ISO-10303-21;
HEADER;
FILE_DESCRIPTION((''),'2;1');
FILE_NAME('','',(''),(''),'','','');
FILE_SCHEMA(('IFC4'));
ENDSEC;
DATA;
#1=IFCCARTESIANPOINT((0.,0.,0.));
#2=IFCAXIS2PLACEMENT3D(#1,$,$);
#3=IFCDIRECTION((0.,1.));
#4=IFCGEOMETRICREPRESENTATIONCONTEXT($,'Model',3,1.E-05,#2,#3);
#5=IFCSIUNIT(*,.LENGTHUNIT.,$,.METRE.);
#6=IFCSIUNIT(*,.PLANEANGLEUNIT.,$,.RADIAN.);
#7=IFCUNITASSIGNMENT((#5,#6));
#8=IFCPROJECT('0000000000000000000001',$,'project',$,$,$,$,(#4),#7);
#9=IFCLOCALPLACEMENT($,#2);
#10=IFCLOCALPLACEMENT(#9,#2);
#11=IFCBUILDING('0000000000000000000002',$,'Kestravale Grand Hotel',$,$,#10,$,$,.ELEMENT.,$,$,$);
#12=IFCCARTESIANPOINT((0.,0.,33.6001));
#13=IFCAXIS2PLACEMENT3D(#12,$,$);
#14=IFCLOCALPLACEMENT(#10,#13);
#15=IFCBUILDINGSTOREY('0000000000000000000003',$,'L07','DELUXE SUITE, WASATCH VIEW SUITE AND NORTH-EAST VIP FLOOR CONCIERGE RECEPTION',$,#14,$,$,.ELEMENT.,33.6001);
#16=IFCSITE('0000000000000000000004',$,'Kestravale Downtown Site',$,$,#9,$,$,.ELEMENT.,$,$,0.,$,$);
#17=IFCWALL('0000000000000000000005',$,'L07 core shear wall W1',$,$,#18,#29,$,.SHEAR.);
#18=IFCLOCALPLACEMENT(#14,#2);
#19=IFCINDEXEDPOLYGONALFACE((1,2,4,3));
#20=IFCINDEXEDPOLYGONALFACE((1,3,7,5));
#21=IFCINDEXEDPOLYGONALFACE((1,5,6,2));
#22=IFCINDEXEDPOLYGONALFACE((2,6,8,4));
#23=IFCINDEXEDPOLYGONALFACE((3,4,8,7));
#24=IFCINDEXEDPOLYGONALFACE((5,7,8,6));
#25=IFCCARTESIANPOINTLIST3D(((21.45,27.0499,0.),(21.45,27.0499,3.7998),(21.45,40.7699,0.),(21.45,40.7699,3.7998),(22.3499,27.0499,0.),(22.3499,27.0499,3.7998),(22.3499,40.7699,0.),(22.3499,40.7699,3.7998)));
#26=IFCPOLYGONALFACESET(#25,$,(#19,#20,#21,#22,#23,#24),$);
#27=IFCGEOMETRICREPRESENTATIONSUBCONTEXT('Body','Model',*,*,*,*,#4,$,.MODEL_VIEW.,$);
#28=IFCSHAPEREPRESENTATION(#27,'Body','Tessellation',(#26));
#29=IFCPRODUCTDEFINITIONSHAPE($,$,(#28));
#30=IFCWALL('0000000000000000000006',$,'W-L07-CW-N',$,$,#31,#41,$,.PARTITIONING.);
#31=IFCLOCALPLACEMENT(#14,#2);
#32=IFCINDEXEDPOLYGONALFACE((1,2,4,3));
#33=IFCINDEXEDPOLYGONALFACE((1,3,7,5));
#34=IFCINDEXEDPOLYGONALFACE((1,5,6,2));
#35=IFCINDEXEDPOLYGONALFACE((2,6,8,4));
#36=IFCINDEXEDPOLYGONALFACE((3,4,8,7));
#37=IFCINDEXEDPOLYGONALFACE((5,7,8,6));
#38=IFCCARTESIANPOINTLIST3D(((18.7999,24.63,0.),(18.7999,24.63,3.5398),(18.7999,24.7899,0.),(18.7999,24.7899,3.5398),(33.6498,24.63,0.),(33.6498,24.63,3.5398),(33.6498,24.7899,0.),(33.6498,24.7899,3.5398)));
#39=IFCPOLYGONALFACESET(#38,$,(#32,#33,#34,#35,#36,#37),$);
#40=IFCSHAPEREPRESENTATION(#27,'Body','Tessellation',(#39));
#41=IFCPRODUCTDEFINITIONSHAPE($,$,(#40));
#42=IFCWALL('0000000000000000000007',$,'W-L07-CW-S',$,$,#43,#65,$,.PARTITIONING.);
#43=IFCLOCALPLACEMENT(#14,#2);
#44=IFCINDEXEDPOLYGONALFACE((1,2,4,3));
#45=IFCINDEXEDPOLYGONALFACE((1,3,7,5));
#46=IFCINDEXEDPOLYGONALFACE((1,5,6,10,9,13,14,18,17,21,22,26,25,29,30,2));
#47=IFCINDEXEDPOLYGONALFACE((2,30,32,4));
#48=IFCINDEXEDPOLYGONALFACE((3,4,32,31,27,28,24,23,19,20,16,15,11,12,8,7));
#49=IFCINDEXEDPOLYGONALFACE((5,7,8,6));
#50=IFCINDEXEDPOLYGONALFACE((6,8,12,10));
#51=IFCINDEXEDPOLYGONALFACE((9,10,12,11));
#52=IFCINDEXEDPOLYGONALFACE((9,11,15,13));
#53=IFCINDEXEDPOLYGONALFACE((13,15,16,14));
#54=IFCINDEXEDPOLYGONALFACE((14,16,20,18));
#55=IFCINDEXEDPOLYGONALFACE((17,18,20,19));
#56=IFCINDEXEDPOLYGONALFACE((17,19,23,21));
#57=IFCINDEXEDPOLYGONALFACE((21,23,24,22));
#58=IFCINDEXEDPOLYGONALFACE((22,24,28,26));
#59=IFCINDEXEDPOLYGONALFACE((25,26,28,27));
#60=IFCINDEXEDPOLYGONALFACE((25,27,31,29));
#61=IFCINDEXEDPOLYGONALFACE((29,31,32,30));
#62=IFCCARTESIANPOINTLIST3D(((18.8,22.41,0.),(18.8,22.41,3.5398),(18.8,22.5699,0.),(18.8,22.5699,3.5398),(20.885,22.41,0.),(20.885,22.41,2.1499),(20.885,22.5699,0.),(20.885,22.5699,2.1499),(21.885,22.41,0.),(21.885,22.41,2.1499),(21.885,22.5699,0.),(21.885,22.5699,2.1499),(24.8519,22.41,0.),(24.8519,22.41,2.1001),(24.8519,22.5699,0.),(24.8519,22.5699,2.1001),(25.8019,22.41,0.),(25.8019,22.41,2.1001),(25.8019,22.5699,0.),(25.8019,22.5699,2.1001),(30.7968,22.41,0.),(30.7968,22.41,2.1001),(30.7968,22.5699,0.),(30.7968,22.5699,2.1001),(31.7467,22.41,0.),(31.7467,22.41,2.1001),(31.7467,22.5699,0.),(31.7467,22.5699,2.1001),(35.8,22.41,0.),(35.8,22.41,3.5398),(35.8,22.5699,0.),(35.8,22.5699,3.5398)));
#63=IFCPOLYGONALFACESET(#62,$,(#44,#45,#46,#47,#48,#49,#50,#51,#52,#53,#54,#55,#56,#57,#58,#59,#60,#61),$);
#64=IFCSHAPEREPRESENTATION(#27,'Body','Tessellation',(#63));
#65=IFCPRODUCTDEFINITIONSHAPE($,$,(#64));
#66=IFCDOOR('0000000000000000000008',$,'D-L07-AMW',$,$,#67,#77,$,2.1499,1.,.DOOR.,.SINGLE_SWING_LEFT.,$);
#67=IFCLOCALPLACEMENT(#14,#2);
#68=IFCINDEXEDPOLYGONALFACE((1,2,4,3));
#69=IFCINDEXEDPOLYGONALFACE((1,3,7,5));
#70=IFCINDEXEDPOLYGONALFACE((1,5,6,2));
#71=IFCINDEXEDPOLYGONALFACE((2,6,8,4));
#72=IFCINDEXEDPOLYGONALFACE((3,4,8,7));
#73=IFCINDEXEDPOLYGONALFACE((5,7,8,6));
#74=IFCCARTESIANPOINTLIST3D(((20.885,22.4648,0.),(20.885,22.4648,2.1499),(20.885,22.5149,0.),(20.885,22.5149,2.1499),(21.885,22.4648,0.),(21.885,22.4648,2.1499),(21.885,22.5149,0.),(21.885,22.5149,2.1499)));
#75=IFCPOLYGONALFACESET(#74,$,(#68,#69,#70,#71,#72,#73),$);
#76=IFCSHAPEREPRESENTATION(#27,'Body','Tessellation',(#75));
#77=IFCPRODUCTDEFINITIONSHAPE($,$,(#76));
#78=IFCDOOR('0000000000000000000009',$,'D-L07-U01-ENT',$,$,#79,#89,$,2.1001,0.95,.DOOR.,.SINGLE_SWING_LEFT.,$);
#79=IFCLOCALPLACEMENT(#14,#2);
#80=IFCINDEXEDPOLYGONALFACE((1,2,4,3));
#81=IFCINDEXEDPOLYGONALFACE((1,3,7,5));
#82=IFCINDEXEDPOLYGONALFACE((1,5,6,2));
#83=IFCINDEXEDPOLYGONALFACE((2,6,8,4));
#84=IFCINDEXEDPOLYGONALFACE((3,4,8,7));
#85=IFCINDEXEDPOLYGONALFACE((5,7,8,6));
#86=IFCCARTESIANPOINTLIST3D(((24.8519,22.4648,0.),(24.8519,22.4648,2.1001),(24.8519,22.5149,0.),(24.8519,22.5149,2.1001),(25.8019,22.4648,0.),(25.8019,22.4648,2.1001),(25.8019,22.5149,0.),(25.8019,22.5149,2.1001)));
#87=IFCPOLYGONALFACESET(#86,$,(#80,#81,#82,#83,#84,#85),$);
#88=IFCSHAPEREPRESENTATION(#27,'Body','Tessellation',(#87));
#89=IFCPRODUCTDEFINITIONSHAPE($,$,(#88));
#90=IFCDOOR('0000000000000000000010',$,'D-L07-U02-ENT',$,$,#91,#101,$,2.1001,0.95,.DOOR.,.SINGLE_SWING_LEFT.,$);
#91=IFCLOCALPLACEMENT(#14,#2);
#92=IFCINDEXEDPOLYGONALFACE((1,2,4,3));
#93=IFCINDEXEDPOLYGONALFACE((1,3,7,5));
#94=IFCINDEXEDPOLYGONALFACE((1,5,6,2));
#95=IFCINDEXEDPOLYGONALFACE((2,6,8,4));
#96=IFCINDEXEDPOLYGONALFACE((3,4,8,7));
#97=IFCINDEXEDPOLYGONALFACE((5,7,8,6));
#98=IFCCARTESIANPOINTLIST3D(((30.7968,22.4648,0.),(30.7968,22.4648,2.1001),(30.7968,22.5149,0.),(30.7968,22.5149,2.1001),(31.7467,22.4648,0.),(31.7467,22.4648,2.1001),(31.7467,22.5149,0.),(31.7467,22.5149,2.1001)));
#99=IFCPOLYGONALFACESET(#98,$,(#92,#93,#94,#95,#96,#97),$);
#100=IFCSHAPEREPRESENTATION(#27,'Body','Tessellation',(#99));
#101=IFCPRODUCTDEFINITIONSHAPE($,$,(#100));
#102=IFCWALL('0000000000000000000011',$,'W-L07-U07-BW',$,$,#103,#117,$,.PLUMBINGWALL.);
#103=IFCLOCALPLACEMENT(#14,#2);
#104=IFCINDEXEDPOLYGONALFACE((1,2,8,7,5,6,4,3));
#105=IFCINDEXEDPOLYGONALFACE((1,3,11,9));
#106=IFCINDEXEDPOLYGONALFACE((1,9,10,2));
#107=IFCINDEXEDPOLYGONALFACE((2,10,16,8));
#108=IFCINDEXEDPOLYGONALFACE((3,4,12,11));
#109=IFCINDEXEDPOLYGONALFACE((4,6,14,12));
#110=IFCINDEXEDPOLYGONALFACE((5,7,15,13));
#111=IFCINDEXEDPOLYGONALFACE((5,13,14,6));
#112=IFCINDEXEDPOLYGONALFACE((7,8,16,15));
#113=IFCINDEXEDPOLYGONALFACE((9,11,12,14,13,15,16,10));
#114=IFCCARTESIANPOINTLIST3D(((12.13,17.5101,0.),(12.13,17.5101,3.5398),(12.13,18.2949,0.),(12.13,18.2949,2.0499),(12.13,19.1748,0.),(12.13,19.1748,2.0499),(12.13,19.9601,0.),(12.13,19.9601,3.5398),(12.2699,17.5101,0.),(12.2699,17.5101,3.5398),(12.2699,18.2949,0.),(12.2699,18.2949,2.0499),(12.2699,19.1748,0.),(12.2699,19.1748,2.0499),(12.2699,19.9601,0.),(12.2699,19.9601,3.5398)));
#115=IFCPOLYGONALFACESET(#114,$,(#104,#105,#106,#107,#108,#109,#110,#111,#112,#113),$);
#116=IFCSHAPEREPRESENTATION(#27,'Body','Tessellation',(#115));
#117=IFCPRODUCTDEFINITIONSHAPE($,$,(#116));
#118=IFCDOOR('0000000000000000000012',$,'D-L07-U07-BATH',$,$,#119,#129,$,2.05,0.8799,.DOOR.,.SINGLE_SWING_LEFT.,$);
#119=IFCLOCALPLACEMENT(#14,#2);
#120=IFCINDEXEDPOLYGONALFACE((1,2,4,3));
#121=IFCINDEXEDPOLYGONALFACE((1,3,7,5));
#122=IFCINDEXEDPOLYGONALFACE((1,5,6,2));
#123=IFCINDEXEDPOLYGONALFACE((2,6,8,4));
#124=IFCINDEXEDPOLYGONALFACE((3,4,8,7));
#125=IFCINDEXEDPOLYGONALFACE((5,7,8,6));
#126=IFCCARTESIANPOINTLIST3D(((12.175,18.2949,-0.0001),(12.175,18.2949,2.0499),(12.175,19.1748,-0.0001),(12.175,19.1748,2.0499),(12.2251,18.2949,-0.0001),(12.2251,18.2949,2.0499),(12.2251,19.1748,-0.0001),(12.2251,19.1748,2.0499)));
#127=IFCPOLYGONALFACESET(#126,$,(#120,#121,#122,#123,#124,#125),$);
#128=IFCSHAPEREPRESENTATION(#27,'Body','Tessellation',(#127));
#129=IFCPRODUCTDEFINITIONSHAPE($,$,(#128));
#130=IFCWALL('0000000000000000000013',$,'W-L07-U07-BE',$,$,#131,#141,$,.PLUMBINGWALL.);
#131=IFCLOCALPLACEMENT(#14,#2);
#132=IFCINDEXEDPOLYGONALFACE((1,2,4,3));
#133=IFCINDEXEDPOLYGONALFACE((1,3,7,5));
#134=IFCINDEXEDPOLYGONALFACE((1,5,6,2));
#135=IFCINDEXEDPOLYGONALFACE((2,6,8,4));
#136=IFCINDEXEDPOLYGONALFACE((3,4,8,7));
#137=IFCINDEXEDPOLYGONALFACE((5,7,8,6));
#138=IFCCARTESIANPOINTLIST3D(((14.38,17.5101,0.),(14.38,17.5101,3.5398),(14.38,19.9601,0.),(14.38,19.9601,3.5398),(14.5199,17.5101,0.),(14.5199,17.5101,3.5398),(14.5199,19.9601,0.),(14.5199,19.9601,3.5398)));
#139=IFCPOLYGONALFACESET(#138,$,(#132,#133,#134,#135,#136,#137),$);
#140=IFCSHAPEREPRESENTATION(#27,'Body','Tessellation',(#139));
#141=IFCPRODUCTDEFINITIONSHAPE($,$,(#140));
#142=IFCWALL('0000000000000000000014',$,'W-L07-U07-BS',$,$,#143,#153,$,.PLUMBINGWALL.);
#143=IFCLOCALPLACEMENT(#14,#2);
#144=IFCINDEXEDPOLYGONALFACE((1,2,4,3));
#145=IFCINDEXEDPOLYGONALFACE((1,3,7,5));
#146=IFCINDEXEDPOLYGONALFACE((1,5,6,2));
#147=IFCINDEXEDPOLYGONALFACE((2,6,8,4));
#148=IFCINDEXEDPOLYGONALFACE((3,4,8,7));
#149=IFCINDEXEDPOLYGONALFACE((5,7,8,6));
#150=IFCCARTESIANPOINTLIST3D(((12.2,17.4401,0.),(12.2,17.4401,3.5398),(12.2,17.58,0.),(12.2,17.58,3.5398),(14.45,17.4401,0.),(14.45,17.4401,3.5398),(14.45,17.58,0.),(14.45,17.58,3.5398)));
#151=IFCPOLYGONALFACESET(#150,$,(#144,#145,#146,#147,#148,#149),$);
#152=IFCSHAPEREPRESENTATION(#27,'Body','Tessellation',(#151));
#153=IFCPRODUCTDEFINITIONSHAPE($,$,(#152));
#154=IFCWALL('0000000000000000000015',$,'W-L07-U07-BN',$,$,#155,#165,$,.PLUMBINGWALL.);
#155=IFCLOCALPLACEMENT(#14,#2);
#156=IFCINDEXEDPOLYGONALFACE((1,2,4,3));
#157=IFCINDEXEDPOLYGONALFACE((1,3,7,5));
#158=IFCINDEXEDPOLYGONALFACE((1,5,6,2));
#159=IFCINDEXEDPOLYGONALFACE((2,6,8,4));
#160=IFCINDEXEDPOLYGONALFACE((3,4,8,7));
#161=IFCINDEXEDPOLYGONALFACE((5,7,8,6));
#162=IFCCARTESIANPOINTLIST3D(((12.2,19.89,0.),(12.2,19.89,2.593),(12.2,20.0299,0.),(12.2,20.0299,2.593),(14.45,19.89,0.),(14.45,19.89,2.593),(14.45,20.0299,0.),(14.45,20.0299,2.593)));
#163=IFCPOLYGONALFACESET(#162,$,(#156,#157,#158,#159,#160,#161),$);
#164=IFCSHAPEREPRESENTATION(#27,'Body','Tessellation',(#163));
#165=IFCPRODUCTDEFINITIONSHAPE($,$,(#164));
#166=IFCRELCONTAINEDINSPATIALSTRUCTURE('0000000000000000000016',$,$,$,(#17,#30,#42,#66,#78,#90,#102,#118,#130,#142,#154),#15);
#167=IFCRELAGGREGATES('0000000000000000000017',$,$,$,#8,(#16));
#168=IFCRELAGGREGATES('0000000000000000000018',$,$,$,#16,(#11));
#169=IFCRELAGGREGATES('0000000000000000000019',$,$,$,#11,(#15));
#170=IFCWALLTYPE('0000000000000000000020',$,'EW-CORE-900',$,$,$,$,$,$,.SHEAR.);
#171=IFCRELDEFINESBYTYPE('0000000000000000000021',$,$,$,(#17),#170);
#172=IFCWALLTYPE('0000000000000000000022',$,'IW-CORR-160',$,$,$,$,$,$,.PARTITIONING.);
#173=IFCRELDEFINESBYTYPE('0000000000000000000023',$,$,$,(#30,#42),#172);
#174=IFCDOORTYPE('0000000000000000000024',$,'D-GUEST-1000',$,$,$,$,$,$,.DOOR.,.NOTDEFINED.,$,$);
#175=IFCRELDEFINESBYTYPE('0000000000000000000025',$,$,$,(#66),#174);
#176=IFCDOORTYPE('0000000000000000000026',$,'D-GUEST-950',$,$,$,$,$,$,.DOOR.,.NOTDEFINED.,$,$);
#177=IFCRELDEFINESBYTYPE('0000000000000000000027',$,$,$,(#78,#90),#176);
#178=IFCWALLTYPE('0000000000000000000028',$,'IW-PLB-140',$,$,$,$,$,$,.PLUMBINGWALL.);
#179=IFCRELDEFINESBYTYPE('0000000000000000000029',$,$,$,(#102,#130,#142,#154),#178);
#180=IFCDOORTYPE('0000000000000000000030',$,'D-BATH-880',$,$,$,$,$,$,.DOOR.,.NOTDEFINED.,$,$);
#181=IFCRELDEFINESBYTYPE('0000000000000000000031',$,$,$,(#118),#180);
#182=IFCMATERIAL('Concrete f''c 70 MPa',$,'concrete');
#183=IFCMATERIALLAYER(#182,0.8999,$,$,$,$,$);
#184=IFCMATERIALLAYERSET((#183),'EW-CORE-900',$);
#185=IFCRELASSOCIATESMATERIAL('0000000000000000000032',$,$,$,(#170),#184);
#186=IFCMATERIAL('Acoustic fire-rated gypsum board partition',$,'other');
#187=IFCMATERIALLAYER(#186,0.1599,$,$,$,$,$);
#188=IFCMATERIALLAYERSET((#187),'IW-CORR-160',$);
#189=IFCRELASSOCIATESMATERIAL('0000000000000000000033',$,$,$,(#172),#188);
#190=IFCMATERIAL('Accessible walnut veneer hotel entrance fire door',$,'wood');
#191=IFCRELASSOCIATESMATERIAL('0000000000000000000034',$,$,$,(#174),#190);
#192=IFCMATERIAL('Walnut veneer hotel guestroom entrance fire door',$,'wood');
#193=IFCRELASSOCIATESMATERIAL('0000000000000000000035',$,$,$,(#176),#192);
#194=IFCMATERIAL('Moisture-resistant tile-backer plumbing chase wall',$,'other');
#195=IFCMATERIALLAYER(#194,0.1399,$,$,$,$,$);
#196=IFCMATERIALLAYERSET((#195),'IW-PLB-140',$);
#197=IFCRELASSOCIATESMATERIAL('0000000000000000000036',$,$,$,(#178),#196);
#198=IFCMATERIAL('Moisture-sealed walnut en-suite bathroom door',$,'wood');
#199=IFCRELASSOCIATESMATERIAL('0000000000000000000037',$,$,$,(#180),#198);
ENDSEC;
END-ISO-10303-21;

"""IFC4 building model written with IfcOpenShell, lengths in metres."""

from ifc_helpers import new_model, si_unit, direction, frame, frame_2d, origin, place, context, subcontext, project, spatial, rectangle, extrude, material, layer, layer_set, type_object, element, fill, save


model = new_model("IFC4")

# Units and contexts
model_context = context("Model", 3, precision=1e-05, world=origin(), true_north=direction((0.0, 1.0)))
body_context = subcontext(model_context, "Body", "Model", "MODEL_VIEW")
ifc_project = project(units=[si_unit("LENGTHUNIT", "METRE"), si_unit("PLANEANGLEUNIT", "RADIAN")], contexts=[model_context])

# Site, building, storey
site_placement = place(None, origin())
site = spatial("IfcSite", under=ifc_project, at=site_placement, Name="Kestravale Downtown Site", CompositionType="ELEMENT", RefElevation=0.0)
building_placement = place(site_placement, origin())
building = spatial("IfcBuilding", under=site, at=building_placement, Name="Kestravale Grand Hotel", CompositionType="ELEMENT")
storey_placement = place(building_placement, frame((0.0, 0.0, 33.6001)))
storey = spatial("IfcBuildingStorey", under=building, at=storey_placement, Name="L07", Description="DELUXE SUITE, WASATCH VIEW SUITE AND NORTH-EAST VIP FLOOR CONCIERGE RECEPTION", CompositionType="ELEMENT", Elevation=33.6001)

# Walls
ifc_material_1 = material(Name="Concrete f'c 70 MPa", Category="concrete")
ifc_layer_1 = layer(ifc_material_1, 0.8999)
ifc_layer_set_1 = layer_set([ifc_layer_1], Name="EW-CORE-900")
wall_type_1 = type_object("IfcWallType", Name="EW-CORE-900", PredefinedType="SHEAR", material=ifc_layer_set_1)
wall_1_placement = place(storey_placement, frame((21.8999, 27.05, 0.0), z_axis=(0.0, 0.0, 1.0), x_axis=(0.0, 1.0, 0.0)))
element("IfcWall", 1, at=wall_1_placement, inside=storey, type_object=wall_type_1, Name="L07 core shear wall W1", PredefinedType="SHEAR", context=body_context, shape_type="SweptSolid", body=[
    extrude(rectangle(XDim=13.72, YDim=0.8999, at=frame_2d((6.8599, 0.0))), origin(), (0.0, 0.0, 1.0), 3.7998),
])
ifc_material_2 = material(Name="Acoustic fire-rated gypsum board partition", Category="other")
ifc_layer_2 = layer(ifc_material_2, 0.1599)
ifc_layer_set_2 = layer_set([ifc_layer_2], Name="IW-CORR-160")
wall_type_2 = type_object("IfcWallType", Name="IW-CORR-160", PredefinedType="PARTITIONING", material=ifc_layer_set_2)
wall_2_placement = place(storey_placement, frame((18.8, 24.71, 0.0), z_axis=(0.0, 0.0, 1.0), x_axis=(1.0, 0.0, 0.0)))
element("IfcWall", 2, at=wall_2_placement, inside=storey, type_object=wall_type_2, Name="W-L07-CW-N", PredefinedType="PARTITIONING", context=body_context, shape_type="SweptSolid", body=[
    extrude(rectangle(XDim=14.8499, YDim=0.1599, at=frame_2d((7.4248, 0.0))), origin(), (0.0, 0.0, 1.0), 3.5398),
])

# Wall, openings, doors
wall_3_placement = place(storey_placement, frame((18.8, 22.49, 0.0), z_axis=(0.0, 0.0, 1.0), x_axis=(1.0, 0.0, 0.0)))
wall_3 = element("IfcWall", 3, at=wall_3_placement, inside=storey, type_object=wall_type_2, Name="W-L07-CW-S", PredefinedType="PARTITIONING", context=body_context, shape_type="SweptSolid", body=[
    extrude(rectangle(XDim=17.0, YDim=0.1599, at=frame_2d((8.5, 0.0))), origin(), (0.0, 0.0, 1.0), 3.5398),
])
opening_1_placement = place(wall_3_placement, frame((2.085, 0.0, 0.0)))
opening_1 = element("IfcOpeningElement", 4, at=opening_1_placement, cuts=wall_3, PredefinedType="OPENING", context=body_context, shape_type="SweptSolid", body=[
    extrude(rectangle(XDim=1.0, YDim=2.1499, at=frame_2d((0.5, 1.075))), frame((0.0, 0.0898, 0.0), z_axis=(0.0, -1.0, 0.0), x_axis=(1.0, 0.0, 0.0)), (0.0, 0.0, 1.0), 0.1799),
])
opening_2_placement = place(wall_3_placement, frame((6.0518, 0.0, 0.0)))
opening_2 = element("IfcOpeningElement", 5, at=opening_2_placement, cuts=wall_3, PredefinedType="OPENING", context=body_context, shape_type="SweptSolid", body=[
    extrude(rectangle(XDim=0.95, YDim=2.1001, at=frame_2d((0.4751, 1.05))), frame((0.0, 0.0898, 0.0), z_axis=(0.0, -1.0, 0.0), x_axis=(1.0, 0.0, 0.0)), (0.0, 0.0, 1.0), 0.1799),
])
opening_3_placement = place(wall_3_placement, frame((11.9966, 0.0, 0.0)))
opening_3 = element("IfcOpeningElement", 6, at=opening_3_placement, cuts=wall_3, PredefinedType="OPENING", context=body_context, shape_type="SweptSolid", body=[
    extrude(rectangle(XDim=0.95, YDim=2.1001, at=frame_2d((0.4751, 1.05))), frame((0.0, 0.0898, 0.0), z_axis=(0.0, -1.0, 0.0), x_axis=(1.0, 0.0, 0.0)), (0.0, 0.0, 1.0), 0.1799),
])
ifc_material_3 = material(Name="Accessible walnut veneer hotel entrance fire door", Category="wood")
door_type_1 = type_object("IfcDoorType", Name="D-GUEST-1000", OperationType="NOTDEFINED", PredefinedType="DOOR", material=ifc_material_3)
door_1_placement = place(opening_1_placement, origin())
door_1 = element("IfcDoor", 7, at=door_1_placement, inside=storey, type_object=door_type_1, Name="D-L07-AMW", OperationType="SINGLE_SWING_LEFT", OverallHeight=2.1499, OverallWidth=1.0, PredefinedType="DOOR", context=body_context, shape_type="SweptSolid", body=[
    extrude(rectangle(XDim=1.0, YDim=2.1499, at=frame_2d((0.5, 1.075))), frame((0.0, 0.0249, 0.0), z_axis=(0.0, -1.0, 0.0), x_axis=(1.0, 0.0, 0.0)), (0.0, 0.0, 1.0), 0.05),
])
fill(opening_1, door_1)
ifc_material_4 = material(Name="Walnut veneer hotel guestroom entrance fire door", Category="wood")
door_type_2 = type_object("IfcDoorType", Name="D-GUEST-950", OperationType="NOTDEFINED", PredefinedType="DOOR", material=ifc_material_4)
door_2_placement = place(opening_2_placement, origin())
door_2 = element("IfcDoor", 8, at=door_2_placement, inside=storey, type_object=door_type_2, Name="D-L07-U01-ENT", OperationType="SINGLE_SWING_LEFT", OverallHeight=2.1001, OverallWidth=0.95, PredefinedType="DOOR", context=body_context, shape_type="SweptSolid", body=[
    extrude(rectangle(XDim=0.95, YDim=2.1001, at=frame_2d((0.4751, 1.05))), frame((0.0, 0.0249, 0.0), z_axis=(0.0, -1.0, 0.0), x_axis=(1.0, 0.0, 0.0)), (0.0, 0.0, 1.0), 0.05),
])
fill(opening_2, door_2)
door_3_placement = place(opening_3_placement, origin())
door_3 = element("IfcDoor", 9, at=door_3_placement, inside=storey, type_object=door_type_2, Name="D-L07-U02-ENT", OperationType="SINGLE_SWING_LEFT", OverallHeight=2.1001, OverallWidth=0.95, PredefinedType="DOOR", context=body_context, shape_type="SweptSolid", body=[
    extrude(rectangle(XDim=0.95, YDim=2.1001, at=frame_2d((0.4751, 1.05))), frame((0.0, 0.0249, 0.0), z_axis=(0.0, -1.0, 0.0), x_axis=(1.0, 0.0, 0.0)), (0.0, 0.0, 1.0), 0.05),
])
fill(opening_3, door_3)

# Wall, opening, door
ifc_material_5 = material(Name="Moisture-resistant tile-backer plumbing chase wall", Category="other")
ifc_layer_3 = layer(ifc_material_5, 0.1399)
ifc_layer_set_3 = layer_set([ifc_layer_3], Name="IW-PLB-140")
wall_type_3 = type_object("IfcWallType", Name="IW-PLB-140", PredefinedType="PLUMBINGWALL", material=ifc_layer_set_3)
wall_4_placement = place(storey_placement, frame((12.2, 17.51, 0.0), z_axis=(0.0, 0.0, 1.0), x_axis=(0.0, 1.0, 0.0)))
wall_4 = element("IfcWall", 10, at=wall_4_placement, inside=storey, type_object=wall_type_3, Name="W-L07-U07-BW", PredefinedType="PLUMBINGWALL", context=body_context, shape_type="SweptSolid", body=[
    extrude(rectangle(XDim=2.45, YDim=0.1399, at=frame_2d((1.2251, 0.0))), origin(), (0.0, 0.0, 1.0), 3.5398),
])
opening_4_placement = place(wall_4_placement, frame((0.7849, 0.0, 0.0)))
opening_4 = element("IfcOpeningElement", 11, at=opening_4_placement, cuts=wall_4, PredefinedType="OPENING", context=body_context, shape_type="SweptSolid", body=[
    extrude(rectangle(XDim=0.8799, YDim=2.05, at=frame_2d((0.4399, 1.0249))), frame((0.0, 0.0798, 0.0), z_axis=(0.0, -1.0, 0.0), x_axis=(1.0, 0.0, 0.0)), (0.0, 0.0, 1.0), 0.1599),
])
ifc_material_6 = material(Name="Moisture-sealed walnut en-suite bathroom door", Category="wood")
door_type_3 = type_object("IfcDoorType", Name="D-BATH-880", OperationType="NOTDEFINED", PredefinedType="DOOR", material=ifc_material_6)
door_4_placement = place(opening_4_placement, origin())
door_4 = element("IfcDoor", 12, at=door_4_placement, inside=storey, type_object=door_type_3, Name="D-L07-U07-BATH", OperationType="SINGLE_SWING_LEFT", OverallHeight=2.05, OverallWidth=0.8799, PredefinedType="DOOR", context=body_context, shape_type="SweptSolid", body=[
    extrude(rectangle(XDim=0.8799, YDim=2.05, at=frame_2d((0.4399, 1.0249))), frame((0.0, 0.0249, 0.0), z_axis=(0.0, -1.0, 0.0), x_axis=(1.0, 0.0, 0.0)), (0.0, 0.0, 1.0), 0.05),
])
fill(opening_4, door_4)

# Walls
wall_5_placement = place(storey_placement, frame((14.45, 17.51, 0.0), z_axis=(0.0, 0.0, 1.0), x_axis=(0.0, 1.0, 0.0)))
element("IfcWall", 13, at=wall_5_placement, inside=storey, type_object=wall_type_3, Name="W-L07-U07-BE", PredefinedType="PLUMBINGWALL", context=body_context, shape_type="SweptSolid", body=[
    extrude(rectangle(XDim=2.45, YDim=0.1399, at=frame_2d((1.2251, 0.0))), origin(), (0.0, 0.0, 1.0), 3.5398),
])
wall_6_placement = place(storey_placement, frame((12.2, 17.51, 0.0), z_axis=(0.0, 0.0, 1.0), x_axis=(1.0, 0.0, 0.0)))
element("IfcWall", 14, at=wall_6_placement, inside=storey, type_object=wall_type_3, Name="W-L07-U07-BS", PredefinedType="PLUMBINGWALL", context=body_context, shape_type="SweptSolid", body=[
    extrude(rectangle(XDim=2.25, YDim=0.1399, at=frame_2d((1.125, 0.0))), origin(), (0.0, 0.0, 1.0), 3.5398),
])
wall_7_placement = place(storey_placement, frame((12.2, 19.96, 0.0), z_axis=(0.0, 0.0, 1.0), x_axis=(1.0, 0.0, 0.0)))
element("IfcWall", 15, at=wall_7_placement, inside=storey, type_object=wall_type_3, Name="W-L07-U07-BN", PredefinedType="PLUMBINGWALL", context=body_context, shape_type="SweptSolid", body=[
    extrude(rectangle(XDim=2.25, YDim=0.1399, at=frame_2d((1.125, 0.0))), origin(), (0.0, 0.0, 1.0), 2.593),
])

save(model, "model.ifc")
